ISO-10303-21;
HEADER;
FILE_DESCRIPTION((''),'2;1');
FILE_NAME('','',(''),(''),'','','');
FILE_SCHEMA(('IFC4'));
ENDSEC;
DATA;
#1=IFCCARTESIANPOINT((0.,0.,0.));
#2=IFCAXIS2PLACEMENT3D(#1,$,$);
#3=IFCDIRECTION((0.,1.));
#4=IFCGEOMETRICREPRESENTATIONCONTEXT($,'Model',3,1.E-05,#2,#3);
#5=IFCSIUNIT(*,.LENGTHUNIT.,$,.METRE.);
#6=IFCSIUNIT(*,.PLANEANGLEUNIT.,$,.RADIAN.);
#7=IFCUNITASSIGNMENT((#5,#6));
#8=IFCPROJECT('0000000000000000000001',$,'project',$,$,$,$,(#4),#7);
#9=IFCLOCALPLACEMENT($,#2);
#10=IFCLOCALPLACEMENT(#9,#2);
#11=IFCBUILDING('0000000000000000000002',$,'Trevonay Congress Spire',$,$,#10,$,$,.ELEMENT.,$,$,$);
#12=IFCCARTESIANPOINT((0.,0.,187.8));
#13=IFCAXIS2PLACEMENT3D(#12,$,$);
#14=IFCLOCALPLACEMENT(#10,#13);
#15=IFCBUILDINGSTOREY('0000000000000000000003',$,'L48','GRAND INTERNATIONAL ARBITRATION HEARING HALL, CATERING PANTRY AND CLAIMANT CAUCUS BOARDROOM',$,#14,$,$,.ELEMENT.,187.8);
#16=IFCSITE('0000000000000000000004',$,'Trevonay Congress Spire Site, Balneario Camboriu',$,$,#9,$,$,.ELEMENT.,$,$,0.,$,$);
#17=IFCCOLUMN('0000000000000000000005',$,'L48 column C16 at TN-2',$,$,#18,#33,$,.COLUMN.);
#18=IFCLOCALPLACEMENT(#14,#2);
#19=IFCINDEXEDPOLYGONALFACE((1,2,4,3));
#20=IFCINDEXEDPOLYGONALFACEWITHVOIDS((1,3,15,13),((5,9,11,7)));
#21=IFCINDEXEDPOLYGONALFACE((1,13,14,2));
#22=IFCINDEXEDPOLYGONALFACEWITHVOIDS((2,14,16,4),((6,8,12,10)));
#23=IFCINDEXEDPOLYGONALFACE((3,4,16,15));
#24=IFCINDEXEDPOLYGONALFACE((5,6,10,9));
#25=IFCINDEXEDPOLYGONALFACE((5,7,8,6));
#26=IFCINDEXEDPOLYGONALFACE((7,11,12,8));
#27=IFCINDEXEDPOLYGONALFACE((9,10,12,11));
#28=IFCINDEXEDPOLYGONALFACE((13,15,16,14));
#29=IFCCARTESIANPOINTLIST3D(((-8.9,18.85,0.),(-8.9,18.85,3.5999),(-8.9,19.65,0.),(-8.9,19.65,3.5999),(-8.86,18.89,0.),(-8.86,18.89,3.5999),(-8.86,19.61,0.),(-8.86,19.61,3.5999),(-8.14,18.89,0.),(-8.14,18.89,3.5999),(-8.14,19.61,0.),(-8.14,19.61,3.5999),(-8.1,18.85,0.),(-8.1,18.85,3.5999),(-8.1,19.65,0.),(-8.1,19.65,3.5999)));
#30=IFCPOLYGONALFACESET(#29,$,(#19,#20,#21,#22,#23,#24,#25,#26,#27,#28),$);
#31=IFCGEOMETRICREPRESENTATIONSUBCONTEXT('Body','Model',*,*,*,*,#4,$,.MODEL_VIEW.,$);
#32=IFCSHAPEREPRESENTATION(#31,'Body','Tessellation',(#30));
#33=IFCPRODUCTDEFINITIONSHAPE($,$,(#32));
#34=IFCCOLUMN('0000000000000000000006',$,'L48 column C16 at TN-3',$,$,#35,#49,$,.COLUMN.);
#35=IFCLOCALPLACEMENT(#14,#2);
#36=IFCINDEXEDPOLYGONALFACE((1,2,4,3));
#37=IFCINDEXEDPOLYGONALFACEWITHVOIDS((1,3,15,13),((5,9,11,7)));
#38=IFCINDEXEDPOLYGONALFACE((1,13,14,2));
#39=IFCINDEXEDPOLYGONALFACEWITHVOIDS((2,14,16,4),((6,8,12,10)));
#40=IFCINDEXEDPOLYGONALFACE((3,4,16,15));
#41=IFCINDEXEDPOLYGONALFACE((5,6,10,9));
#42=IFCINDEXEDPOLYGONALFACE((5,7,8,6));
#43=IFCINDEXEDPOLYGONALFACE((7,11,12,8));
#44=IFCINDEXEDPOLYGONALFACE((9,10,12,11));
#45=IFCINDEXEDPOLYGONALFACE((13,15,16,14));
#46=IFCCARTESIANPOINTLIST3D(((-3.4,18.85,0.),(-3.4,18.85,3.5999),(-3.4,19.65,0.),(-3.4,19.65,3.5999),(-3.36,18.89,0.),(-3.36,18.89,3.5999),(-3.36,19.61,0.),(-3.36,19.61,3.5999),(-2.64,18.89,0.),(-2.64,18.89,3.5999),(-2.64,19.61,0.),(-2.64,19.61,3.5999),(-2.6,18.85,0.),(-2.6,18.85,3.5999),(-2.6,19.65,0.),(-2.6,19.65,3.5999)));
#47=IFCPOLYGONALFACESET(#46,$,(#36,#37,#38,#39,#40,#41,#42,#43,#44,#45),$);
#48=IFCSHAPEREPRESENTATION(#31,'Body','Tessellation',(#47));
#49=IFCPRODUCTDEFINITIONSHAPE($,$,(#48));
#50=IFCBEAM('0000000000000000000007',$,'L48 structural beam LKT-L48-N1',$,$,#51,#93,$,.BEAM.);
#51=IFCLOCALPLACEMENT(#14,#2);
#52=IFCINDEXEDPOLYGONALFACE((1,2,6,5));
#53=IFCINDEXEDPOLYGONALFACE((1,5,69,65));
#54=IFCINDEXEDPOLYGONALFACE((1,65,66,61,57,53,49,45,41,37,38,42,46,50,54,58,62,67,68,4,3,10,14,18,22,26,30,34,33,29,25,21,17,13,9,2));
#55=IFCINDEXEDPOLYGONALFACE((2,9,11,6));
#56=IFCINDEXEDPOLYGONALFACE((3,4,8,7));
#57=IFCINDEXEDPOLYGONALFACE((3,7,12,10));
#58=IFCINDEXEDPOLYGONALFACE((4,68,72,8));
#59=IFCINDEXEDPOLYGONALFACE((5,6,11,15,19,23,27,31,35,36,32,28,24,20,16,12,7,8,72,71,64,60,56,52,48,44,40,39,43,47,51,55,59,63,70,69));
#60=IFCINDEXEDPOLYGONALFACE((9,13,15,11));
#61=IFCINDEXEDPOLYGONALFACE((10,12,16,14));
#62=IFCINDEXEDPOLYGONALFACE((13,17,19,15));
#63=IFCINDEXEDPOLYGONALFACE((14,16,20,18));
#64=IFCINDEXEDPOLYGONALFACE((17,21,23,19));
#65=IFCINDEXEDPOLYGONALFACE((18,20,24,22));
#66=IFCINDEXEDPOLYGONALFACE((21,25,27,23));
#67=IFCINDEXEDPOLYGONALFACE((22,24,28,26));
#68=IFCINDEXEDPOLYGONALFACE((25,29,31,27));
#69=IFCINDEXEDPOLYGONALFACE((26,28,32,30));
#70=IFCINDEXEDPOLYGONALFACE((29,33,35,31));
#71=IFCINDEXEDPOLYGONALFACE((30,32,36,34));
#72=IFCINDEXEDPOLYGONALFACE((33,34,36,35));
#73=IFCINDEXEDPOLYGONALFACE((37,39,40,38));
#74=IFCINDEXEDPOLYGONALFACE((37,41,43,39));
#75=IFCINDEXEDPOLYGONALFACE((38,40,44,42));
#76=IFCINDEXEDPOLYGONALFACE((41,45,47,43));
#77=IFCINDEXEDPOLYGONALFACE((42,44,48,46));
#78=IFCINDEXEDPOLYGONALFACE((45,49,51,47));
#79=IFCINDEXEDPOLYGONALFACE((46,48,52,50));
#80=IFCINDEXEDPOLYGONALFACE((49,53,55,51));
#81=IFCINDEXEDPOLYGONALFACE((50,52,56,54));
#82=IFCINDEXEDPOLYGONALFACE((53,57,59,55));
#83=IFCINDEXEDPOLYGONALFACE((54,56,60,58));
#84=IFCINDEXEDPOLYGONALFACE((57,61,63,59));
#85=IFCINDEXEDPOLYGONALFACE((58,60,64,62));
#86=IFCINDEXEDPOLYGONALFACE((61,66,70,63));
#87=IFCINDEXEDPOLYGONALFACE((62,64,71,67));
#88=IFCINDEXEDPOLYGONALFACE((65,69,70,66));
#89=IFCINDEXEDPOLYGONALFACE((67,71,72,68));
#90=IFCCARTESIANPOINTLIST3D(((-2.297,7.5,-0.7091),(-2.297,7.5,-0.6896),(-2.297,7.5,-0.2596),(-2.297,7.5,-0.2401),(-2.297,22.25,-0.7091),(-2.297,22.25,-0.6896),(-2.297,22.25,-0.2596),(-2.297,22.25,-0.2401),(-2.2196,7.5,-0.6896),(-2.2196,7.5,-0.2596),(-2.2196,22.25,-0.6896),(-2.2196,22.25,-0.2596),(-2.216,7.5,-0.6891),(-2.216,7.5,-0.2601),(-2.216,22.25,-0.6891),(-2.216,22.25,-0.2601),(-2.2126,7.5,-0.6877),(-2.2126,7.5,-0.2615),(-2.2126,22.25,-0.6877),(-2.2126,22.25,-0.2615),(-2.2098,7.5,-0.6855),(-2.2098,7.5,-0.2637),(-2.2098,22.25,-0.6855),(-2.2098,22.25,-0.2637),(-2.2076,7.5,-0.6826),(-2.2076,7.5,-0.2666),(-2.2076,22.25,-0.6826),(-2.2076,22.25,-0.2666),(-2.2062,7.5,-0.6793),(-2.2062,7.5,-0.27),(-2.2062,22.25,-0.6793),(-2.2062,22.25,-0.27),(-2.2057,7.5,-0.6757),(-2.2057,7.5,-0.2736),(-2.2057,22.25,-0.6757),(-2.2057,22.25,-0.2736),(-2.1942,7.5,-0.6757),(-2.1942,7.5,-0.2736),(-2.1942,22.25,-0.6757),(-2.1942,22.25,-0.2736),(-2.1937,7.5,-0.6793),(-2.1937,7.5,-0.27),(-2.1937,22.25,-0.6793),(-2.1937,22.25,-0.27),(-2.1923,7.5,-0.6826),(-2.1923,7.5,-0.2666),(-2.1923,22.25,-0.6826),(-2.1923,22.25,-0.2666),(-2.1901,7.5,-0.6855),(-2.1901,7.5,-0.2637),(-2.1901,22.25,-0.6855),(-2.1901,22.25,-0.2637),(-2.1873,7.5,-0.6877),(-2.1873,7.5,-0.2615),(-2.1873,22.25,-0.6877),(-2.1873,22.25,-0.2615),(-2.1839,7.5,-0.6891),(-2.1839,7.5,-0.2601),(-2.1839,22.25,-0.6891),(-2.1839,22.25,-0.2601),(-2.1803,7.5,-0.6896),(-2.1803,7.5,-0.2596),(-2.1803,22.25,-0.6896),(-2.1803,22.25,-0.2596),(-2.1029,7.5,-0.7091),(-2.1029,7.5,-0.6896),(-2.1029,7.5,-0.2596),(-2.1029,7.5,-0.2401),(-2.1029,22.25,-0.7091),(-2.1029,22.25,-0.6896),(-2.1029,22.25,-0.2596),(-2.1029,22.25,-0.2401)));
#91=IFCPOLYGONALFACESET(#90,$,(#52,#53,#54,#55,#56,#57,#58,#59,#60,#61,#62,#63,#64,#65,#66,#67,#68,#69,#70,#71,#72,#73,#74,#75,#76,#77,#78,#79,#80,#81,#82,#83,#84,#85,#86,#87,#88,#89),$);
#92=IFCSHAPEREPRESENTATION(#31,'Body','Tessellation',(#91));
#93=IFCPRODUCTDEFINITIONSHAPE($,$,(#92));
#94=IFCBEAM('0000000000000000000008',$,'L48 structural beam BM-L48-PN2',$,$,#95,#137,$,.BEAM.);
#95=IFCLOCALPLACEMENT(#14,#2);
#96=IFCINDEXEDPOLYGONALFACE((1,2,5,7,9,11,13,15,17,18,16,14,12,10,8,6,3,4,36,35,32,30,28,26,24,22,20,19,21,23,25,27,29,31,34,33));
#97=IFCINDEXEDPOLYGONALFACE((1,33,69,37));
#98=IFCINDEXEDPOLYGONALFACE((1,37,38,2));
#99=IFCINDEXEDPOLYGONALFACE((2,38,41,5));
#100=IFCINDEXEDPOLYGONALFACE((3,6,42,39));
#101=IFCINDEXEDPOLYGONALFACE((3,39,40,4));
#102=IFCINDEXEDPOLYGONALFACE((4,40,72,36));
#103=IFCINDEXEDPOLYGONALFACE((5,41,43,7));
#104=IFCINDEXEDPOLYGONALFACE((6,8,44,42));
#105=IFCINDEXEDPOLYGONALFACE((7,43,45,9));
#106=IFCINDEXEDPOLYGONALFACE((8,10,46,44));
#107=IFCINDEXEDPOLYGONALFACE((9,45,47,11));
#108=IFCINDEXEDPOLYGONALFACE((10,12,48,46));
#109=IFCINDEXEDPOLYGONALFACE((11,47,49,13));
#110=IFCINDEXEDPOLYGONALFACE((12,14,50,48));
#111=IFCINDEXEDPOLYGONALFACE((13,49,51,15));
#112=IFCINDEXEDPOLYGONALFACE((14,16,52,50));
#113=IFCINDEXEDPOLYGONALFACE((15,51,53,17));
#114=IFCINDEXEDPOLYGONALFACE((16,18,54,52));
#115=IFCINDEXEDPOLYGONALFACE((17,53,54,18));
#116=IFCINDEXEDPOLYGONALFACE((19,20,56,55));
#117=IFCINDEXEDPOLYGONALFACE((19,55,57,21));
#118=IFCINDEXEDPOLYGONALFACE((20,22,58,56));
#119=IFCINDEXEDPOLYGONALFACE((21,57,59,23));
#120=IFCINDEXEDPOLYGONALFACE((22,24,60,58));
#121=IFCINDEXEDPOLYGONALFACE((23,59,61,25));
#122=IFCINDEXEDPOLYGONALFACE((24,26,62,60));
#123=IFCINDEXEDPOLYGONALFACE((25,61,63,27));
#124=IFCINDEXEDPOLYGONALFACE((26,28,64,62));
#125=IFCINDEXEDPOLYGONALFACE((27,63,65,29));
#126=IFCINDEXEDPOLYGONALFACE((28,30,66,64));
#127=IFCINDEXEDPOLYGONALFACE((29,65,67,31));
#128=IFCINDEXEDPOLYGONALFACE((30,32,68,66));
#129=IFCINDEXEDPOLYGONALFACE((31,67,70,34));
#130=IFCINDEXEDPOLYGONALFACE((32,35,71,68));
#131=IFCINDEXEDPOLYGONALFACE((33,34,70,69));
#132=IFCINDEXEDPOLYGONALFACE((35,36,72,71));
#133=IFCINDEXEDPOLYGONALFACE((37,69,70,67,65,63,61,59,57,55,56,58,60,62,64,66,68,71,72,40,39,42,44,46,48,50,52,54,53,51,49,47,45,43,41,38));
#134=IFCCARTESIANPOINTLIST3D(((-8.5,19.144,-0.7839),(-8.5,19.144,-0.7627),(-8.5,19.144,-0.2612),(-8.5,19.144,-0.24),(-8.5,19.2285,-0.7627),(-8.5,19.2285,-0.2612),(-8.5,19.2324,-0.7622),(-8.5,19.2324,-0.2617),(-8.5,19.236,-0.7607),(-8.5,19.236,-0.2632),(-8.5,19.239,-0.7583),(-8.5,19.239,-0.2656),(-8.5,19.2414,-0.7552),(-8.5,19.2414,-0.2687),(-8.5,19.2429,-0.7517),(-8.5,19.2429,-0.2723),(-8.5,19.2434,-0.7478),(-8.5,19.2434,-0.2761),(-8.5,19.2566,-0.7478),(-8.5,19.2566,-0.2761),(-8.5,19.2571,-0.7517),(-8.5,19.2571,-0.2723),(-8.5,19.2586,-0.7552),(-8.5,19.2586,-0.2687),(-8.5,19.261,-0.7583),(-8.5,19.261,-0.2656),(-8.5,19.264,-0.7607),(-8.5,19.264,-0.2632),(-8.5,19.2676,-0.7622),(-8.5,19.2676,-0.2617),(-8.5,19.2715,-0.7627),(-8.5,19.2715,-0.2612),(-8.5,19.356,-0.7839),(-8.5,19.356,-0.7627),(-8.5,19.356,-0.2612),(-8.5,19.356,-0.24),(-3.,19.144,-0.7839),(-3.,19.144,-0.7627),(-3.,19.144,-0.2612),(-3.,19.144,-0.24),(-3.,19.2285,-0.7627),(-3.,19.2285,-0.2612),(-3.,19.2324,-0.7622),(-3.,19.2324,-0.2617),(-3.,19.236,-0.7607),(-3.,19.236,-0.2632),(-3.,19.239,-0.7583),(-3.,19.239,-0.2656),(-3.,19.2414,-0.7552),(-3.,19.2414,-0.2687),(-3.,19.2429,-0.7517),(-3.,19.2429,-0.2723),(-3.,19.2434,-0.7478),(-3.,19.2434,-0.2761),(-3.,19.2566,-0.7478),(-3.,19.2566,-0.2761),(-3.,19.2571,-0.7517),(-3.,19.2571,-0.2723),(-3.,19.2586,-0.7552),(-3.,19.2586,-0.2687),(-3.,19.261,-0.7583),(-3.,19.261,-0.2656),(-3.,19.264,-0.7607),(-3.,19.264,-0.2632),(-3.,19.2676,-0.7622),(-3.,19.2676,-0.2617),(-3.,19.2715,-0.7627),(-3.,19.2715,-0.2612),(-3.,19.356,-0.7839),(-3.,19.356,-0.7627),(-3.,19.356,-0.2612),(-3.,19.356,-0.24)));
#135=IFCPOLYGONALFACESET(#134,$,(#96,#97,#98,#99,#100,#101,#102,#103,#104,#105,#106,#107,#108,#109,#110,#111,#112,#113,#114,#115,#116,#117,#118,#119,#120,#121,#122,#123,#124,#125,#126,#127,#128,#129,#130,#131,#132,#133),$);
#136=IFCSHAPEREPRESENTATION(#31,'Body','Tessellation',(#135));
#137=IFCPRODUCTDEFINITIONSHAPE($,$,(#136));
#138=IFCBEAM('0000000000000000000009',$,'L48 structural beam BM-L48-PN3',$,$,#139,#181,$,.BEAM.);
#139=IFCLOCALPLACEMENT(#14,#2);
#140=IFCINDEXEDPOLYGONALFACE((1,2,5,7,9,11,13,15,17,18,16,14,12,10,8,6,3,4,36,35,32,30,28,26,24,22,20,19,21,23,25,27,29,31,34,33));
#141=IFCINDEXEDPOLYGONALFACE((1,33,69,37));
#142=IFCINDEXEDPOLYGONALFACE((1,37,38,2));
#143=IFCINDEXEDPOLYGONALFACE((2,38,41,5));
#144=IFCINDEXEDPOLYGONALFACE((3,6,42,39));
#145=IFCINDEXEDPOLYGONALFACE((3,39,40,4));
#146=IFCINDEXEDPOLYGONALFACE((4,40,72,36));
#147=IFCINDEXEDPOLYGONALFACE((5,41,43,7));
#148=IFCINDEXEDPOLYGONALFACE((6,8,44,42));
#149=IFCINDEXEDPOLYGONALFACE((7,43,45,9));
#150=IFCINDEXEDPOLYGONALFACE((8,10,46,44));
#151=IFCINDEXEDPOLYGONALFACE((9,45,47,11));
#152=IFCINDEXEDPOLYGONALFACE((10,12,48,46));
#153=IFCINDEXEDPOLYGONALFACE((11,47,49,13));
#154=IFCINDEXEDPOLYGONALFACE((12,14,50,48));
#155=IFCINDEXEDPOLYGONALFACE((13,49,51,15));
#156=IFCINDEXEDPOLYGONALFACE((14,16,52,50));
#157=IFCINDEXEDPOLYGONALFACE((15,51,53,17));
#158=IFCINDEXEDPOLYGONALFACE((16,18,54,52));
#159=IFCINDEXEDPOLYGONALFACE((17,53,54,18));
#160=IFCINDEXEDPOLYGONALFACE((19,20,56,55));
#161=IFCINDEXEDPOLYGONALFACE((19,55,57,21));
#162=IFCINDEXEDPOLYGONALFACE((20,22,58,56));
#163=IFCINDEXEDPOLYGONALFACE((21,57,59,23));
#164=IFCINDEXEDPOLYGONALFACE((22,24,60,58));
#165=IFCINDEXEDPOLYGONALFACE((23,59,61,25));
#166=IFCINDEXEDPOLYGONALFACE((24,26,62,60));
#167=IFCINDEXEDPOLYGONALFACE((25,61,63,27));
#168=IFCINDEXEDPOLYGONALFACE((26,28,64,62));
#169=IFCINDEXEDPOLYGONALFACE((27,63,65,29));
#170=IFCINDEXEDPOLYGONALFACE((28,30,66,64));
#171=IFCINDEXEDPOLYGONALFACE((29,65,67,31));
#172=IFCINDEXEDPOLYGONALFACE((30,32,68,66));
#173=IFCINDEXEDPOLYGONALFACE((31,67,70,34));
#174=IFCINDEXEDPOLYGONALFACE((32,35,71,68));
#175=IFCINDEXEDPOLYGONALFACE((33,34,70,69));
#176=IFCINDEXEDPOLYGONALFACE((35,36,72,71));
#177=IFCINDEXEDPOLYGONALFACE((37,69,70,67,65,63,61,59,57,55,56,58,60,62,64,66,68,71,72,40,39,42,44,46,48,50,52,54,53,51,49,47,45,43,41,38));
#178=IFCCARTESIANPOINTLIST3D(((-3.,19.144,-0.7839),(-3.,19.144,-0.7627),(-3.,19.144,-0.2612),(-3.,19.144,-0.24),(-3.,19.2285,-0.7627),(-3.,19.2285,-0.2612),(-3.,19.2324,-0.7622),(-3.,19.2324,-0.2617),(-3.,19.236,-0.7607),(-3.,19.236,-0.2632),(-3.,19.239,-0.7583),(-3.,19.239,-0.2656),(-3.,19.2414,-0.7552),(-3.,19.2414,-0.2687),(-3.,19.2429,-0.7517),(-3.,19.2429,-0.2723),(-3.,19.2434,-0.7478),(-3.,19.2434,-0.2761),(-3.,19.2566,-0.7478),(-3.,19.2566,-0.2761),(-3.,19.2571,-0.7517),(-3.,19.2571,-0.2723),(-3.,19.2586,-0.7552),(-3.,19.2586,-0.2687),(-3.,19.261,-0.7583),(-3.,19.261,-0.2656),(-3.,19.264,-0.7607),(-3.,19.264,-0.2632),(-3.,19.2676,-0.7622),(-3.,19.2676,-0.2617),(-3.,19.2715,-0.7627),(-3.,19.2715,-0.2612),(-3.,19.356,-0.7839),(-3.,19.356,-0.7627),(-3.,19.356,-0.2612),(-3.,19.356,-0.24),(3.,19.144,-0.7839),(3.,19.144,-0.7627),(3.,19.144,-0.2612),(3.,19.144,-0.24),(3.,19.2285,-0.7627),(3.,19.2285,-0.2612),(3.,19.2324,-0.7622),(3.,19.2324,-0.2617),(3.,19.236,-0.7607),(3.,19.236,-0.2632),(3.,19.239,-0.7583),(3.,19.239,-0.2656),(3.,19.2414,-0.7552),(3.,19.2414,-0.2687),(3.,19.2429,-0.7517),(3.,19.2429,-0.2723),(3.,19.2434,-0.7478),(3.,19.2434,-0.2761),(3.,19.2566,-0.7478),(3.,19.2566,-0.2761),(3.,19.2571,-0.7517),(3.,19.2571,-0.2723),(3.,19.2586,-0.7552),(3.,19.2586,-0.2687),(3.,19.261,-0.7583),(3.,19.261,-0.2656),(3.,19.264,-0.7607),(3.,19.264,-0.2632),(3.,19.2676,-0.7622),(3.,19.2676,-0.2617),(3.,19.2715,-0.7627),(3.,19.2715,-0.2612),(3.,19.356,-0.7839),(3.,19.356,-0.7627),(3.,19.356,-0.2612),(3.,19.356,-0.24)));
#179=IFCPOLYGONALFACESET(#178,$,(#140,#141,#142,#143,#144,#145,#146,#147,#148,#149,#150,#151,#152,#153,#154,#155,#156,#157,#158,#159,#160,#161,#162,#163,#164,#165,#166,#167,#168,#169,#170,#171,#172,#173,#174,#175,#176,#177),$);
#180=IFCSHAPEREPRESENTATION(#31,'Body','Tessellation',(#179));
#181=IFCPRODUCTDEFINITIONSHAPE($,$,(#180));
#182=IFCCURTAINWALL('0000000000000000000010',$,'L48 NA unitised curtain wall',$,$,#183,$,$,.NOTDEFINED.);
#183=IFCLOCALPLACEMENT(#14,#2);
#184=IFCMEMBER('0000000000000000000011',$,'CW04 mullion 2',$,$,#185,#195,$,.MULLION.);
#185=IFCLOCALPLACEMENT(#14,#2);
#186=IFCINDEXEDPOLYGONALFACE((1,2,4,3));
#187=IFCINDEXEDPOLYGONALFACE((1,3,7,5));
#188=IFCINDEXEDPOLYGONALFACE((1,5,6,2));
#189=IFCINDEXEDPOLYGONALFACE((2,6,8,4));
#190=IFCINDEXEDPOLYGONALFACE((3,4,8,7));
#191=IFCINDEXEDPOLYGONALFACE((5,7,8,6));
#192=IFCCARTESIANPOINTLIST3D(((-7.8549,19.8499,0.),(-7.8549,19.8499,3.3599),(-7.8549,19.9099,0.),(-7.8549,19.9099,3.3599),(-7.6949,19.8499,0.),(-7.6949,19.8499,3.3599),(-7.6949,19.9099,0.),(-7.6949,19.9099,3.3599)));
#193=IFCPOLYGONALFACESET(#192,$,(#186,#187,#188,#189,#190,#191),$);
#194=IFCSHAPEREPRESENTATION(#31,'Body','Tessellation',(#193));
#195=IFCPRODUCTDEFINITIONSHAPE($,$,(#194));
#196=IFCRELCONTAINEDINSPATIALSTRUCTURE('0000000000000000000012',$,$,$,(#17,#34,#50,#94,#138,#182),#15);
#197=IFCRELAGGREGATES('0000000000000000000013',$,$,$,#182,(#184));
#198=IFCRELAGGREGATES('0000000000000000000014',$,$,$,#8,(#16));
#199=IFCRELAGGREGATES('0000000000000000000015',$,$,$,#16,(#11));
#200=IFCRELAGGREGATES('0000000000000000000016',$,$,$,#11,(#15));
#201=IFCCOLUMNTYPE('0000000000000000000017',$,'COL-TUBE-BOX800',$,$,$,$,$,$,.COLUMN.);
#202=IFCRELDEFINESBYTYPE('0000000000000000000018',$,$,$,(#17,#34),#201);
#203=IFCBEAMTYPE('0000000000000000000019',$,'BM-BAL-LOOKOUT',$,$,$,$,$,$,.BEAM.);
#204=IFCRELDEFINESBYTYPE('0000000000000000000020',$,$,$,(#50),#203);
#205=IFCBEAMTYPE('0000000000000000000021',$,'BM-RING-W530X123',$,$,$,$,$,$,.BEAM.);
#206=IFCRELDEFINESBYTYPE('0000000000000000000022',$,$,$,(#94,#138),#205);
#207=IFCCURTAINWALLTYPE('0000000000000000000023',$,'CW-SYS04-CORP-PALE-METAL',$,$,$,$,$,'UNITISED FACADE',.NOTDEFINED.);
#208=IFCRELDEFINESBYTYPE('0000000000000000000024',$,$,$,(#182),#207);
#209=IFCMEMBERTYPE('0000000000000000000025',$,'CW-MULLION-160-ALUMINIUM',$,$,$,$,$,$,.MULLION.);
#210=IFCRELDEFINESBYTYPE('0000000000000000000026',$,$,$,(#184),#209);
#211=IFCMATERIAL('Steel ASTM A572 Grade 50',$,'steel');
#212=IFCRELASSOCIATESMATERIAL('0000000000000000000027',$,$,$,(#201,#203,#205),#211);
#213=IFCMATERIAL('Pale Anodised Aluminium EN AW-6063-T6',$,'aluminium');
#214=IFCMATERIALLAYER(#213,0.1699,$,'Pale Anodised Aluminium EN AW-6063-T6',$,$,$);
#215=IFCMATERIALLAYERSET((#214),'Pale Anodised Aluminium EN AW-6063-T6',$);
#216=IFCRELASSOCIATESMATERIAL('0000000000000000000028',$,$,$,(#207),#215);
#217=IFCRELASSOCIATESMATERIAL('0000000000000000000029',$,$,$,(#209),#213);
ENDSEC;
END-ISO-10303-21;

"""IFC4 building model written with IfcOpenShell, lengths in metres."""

from ifc_helpers import new_model, si_unit, direction, frame, origin, origin_2d, place, context, subcontext, project, spatial, rectangle, hollow_rectangle, i_section, extrude, material, layer, layer_set, material_profile, profile_set, type_object, element, aggregate, save


model = new_model("IFC4")

# Units and contexts
model_context = context("Model", 3, precision=1e-05, world=origin(), true_north=direction((0.0, 1.0)))
body_context = subcontext(model_context, "Body", "Model", "MODEL_VIEW")
ifc_project = project(units=[si_unit("LENGTHUNIT", "METRE"), si_unit("PLANEANGLEUNIT", "RADIAN")], contexts=[model_context])

# Site, building, storey
site_placement = place(None, origin())
site = spatial("IfcSite", under=ifc_project, at=site_placement, Name="Trevonay Congress Spire Site, Balneario Camboriu", CompositionType="ELEMENT", RefElevation=0.0)
building_placement = place(site_placement, origin())
building = spatial("IfcBuilding", under=site, at=building_placement, Name="Trevonay Congress Spire", CompositionType="ELEMENT")
storey_placement = place(building_placement, frame((0.0, 0.0, 187.8)))
storey = spatial("IfcBuildingStorey", under=building, at=storey_placement, Name="L48", Description="GRAND INTERNATIONAL ARBITRATION HEARING HALL, CATERING PANTRY AND CLAIMANT CAUCUS BOARDROOM", CompositionType="ELEMENT", Elevation=187.8)

# Columns
ifc_material_1 = material(Name="Steel ASTM A572 Grade 50", Category="steel")
ifc_material_profile_1 = material_profile(ifc_material_1, hollow_rectangle(XDim=0.8, YDim=0.8, WallThickness=0.04, at=origin_2d()), Name="BOX 800x800x40")
ifc_profile_set_1 = profile_set([ifc_material_profile_1], Name="Steel ASTM A572 Grade 50")
column_type = type_object("IfcColumnType", Name="COL-TUBE-BOX800", PredefinedType="COLUMN", material=ifc_profile_set_1)
for number, where, z_axis, x_axis, name in (
    (1, (-8.5, 19.25, 0.0), (0.0, 0.0, 1.0), (1.0, 0.0, 0.0), "L48 column C16 at TN-2"),
    (2, (-3.0, 19.25, 0.0), (0.0, 0.0, 1.0), (1.0, 0.0, 0.0), "L48 column C16 at TN-3"),
):
    element("IfcColumn", number, at=place(storey_placement, frame(where, z_axis=z_axis, x_axis=x_axis)), inside=storey, type_object=column_type, Name=name, PredefinedType="COLUMN", context=body_context, shape_type="SweptSolid", body=[
        extrude(hollow_rectangle(XDim=0.8, YDim=0.8, WallThickness=0.04, at=origin_2d()), origin(), (0.0, 0.0, 1.0), 3.5999),
    ])

# Beams
ifc_material_profile_2 = material_profile(ifc_material_1, i_section(OverallWidth=0.1941, OverallDepth=0.469, WebThickness=0.0115, FlangeThickness=0.0195, FilletRadius=0.0139, at=origin_2d()), Name="W460x106")
ifc_profile_set_2 = profile_set([ifc_material_profile_2], Name="Steel ASTM A572 Grade 50")
beam_type_1 = type_object("IfcBeamType", Name="BM-BAL-LOOKOUT", PredefinedType="BEAM", material=ifc_profile_set_2)
beam_1_placement = place(storey_placement, frame((-2.2, 7.5, -0.4746), z_axis=(0.0, 1.0, 0.0), x_axis=(-1.0, 0.0, 0.0)))
element("IfcBeam", 3, at=beam_1_placement, inside=storey, type_object=beam_type_1, Name="L48 structural beam LKT-L48-N1", PredefinedType="BEAM", context=body_context, shape_type="SweptSolid", body=[
    extrude(i_section(OverallWidth=0.1941, OverallDepth=0.469, WebThickness=0.0115, FlangeThickness=0.0195, FilletRadius=0.0139, at=origin_2d()), origin(), (0.0, 0.0, 1.0), 14.75),
])
ifc_material_profile_3 = material_profile(ifc_material_1, i_section(OverallWidth=0.2119, OverallDepth=0.5439, WebThickness=0.0132, FlangeThickness=0.0212, FilletRadius=0.0149, at=origin_2d()), Name="W530x123")
ifc_profile_set_3 = profile_set([ifc_material_profile_3], Name="Steel ASTM A572 Grade 50")
beam_type_2 = type_object("IfcBeamType", Name="BM-RING-W530X123", PredefinedType="BEAM", material=ifc_profile_set_3)
beam_2_placement = place(storey_placement, frame((-8.5, 19.25, -0.512), z_axis=(1.0, 0.0, 0.0), x_axis=(0.0, 1.0, 0.0)))
element("IfcBeam", 4, at=beam_2_placement, inside=storey, type_object=beam_type_2, Name="L48 structural beam BM-L48-PN2", PredefinedType="BEAM", context=body_context, shape_type="SweptSolid", body=[
    extrude(i_section(OverallWidth=0.2119, OverallDepth=0.5439, WebThickness=0.0132, FlangeThickness=0.0212, FilletRadius=0.0149, at=origin_2d()), origin(), (0.0, 0.0, 1.0), 5.5),
])
beam_3_placement = place(storey_placement, frame((-3.0, 19.25, -0.512), z_axis=(1.0, 0.0, 0.0), x_axis=(0.0, 1.0, 0.0)))
element("IfcBeam", 5, at=beam_3_placement, inside=storey, type_object=beam_type_2, Name="L48 structural beam BM-L48-PN3", PredefinedType="BEAM", context=body_context, shape_type="SweptSolid", body=[
    extrude(i_section(OverallWidth=0.2119, OverallDepth=0.5439, WebThickness=0.0132, FlangeThickness=0.0212, FilletRadius=0.0149, at=origin_2d()), origin(), (0.0, 0.0, 1.0), 6.0),
])

# Curtain wall, member
ifc_material_2 = material(Name="Pale Anodised Aluminium EN AW-6063-T6", Category="aluminium")
ifc_layer_1 = layer(ifc_material_2, 0.1699, Name="Pale Anodised Aluminium EN AW-6063-T6")
ifc_layer_set_1 = layer_set([ifc_layer_1], Name="Pale Anodised Aluminium EN AW-6063-T6")
curtain_wall_type = type_object("IfcCurtainWallType", Name="CW-SYS04-CORP-PALE-METAL", ElementType="UNITISED FACADE", PredefinedType="NOTDEFINED", material=ifc_layer_set_1)
curtain_wall_placement = place(storey_placement, origin())
curtain_wall = element("IfcCurtainWall", 6, at=curtain_wall_placement, inside=storey, type_object=curtain_wall_type, Name="L48 NA unitised curtain wall", PredefinedType="NOTDEFINED")
ifc_material_profile_4 = material_profile(ifc_material_2, rectangle(XDim=0.0601, YDim=0.1599, at=origin_2d()), Name="CW-MULLION-160-ALUMINIUM")
ifc_profile_set_4 = profile_set([ifc_material_profile_4], Name="Pale Anodised Aluminium EN AW-6063-T6")
member_type_1 = type_object("IfcMemberType", Name="CW-MULLION-160-ALUMINIUM", PredefinedType="MULLION", material=ifc_profile_set_4)
member_1_placement = place(storey_placement, frame((-7.7749, 19.8799, 0.0), z_axis=(0.0, 0.0, 1.0), x_axis=(0.0, 1.0, 0.0)))
member_1 = element("IfcMember", 7, at=member_1_placement, type_object=member_type_1, Name="CW04 mullion 2", PredefinedType="MULLION", context=body_context, shape_type="SweptSolid", body=[
    extrude(rectangle(XDim=0.0601, YDim=0.1599, at=origin_2d()), origin(), (0.0, 0.0, 1.0), 3.3599),
])

aggregate(curtain_wall, [member_1])

save(model, "model.ifc")
